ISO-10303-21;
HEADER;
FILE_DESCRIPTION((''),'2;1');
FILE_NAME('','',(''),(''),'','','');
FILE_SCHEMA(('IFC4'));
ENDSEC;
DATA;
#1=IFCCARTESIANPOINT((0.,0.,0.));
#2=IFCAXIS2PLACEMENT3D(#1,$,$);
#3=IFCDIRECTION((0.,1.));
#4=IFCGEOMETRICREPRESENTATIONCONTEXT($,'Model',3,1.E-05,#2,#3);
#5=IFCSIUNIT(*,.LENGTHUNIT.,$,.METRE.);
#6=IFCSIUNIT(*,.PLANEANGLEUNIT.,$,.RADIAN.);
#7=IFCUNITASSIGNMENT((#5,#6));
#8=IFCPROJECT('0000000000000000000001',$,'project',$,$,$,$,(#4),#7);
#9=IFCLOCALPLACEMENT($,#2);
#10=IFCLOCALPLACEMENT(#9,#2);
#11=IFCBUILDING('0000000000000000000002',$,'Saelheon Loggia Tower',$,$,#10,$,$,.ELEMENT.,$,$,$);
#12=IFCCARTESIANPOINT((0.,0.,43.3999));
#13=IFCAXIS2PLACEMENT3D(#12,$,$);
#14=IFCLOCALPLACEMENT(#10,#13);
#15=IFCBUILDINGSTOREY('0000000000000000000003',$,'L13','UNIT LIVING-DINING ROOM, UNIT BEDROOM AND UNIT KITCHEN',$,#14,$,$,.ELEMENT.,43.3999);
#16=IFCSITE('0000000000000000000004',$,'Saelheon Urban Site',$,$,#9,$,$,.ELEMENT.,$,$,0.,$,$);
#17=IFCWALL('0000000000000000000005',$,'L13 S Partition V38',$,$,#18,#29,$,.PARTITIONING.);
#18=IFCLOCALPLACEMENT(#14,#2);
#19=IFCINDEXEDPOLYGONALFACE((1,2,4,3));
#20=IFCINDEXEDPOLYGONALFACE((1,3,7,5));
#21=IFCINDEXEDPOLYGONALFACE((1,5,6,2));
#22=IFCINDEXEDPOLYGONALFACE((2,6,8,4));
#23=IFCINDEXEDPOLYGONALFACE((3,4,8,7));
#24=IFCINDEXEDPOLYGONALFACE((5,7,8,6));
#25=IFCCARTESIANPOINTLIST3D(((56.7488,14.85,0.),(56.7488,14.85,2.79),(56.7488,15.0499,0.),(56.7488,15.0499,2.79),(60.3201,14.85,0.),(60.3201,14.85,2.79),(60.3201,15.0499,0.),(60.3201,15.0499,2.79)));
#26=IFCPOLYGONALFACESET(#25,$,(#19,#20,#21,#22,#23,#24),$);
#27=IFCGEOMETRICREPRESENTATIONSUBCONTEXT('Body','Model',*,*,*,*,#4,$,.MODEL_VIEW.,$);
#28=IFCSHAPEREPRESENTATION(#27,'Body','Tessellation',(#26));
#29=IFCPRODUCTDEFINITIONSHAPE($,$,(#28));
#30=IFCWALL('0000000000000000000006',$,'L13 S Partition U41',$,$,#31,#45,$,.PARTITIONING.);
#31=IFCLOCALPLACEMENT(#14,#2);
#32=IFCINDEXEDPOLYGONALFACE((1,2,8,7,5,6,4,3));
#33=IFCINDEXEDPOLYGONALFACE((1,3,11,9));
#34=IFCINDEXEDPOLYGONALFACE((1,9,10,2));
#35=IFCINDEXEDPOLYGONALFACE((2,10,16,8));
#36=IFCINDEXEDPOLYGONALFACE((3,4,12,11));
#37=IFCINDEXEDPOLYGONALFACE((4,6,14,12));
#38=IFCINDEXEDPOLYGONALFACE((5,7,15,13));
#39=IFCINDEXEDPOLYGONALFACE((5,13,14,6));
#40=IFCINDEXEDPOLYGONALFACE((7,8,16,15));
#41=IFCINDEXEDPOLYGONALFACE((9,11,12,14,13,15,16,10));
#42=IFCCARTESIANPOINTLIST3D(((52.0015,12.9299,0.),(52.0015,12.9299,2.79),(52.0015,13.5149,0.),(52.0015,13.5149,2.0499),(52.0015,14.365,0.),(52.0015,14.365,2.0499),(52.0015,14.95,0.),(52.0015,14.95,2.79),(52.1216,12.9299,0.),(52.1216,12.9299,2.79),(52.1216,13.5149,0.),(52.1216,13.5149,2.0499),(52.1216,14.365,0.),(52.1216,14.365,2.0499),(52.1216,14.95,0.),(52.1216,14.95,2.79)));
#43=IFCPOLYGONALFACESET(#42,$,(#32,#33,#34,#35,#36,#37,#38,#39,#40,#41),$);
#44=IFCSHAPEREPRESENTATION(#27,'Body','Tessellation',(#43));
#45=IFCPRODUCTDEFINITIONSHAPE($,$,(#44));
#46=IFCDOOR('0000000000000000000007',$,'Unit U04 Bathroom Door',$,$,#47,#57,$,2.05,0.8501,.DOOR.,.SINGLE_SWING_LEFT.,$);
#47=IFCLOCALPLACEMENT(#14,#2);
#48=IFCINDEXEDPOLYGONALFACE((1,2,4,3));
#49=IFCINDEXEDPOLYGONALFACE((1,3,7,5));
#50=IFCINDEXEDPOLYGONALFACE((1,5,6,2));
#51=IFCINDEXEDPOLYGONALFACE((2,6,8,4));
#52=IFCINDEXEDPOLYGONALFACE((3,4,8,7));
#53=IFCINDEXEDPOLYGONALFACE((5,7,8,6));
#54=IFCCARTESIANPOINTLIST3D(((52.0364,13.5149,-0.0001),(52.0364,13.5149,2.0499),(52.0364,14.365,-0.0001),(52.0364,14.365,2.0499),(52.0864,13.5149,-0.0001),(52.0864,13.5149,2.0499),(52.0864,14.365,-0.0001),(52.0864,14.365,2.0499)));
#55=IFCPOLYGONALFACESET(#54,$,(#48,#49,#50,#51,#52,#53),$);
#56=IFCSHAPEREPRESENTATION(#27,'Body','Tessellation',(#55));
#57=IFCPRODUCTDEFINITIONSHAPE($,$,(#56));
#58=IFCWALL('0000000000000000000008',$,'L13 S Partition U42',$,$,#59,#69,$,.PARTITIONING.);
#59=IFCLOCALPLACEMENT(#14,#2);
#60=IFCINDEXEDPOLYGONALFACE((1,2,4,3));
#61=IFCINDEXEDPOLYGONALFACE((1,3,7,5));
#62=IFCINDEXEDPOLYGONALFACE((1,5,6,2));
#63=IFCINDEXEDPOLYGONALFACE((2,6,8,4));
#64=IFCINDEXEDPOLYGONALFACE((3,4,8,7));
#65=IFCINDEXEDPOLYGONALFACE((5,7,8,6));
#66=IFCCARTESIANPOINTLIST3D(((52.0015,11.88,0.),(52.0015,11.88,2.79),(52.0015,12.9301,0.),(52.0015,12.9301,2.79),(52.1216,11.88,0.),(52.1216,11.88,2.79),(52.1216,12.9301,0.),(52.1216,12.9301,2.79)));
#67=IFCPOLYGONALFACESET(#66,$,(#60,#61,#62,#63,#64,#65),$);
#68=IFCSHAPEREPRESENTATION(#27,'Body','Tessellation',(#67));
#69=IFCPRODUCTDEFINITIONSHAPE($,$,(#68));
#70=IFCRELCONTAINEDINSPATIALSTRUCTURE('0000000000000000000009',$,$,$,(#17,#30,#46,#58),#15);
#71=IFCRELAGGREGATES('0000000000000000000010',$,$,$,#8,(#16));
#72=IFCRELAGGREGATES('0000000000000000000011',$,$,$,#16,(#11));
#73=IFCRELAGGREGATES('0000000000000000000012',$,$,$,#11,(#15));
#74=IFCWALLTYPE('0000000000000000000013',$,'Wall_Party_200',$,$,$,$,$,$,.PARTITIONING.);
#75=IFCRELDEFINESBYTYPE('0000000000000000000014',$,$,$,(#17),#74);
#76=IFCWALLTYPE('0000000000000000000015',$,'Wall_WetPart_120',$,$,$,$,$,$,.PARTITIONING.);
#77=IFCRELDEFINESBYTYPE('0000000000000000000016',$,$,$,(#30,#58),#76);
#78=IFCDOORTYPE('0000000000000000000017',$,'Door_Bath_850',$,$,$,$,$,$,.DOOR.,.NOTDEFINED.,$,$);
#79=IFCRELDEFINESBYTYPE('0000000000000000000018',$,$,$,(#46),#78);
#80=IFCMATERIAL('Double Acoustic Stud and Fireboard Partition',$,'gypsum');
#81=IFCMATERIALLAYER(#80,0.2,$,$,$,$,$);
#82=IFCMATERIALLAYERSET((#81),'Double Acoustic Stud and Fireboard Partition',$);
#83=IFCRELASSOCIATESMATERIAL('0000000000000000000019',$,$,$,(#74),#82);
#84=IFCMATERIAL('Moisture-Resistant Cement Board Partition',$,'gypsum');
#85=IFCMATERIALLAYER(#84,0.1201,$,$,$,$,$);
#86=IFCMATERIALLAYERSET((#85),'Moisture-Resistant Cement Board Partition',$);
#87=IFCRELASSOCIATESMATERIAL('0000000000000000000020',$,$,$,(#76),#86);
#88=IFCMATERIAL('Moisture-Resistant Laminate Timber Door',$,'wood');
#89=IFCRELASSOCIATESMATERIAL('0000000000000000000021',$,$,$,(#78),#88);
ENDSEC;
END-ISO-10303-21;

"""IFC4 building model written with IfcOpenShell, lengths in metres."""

from ifc_helpers import new_model, si_unit, direction, frame, frame_2d, origin, place, context, subcontext, project, spatial, rectangle, extrude, source, transform, mapped, material, layer, layer_set, type_object, element, fill, save


model = new_model("IFC4")

# Units and contexts
model_context = context("Model", 3, precision=1e-05, world=origin(), true_north=direction((0.0, 1.0)))
body_context = subcontext(model_context, "Body", "Model", "MODEL_VIEW")
ifc_project = project(units=[si_unit("LENGTHUNIT", "METRE"), si_unit("PLANEANGLEUNIT", "RADIAN")], contexts=[model_context])

# Site, building, storey
site_placement = place(None, origin())
site = spatial("IfcSite", under=ifc_project, at=site_placement, Name="Saelheon Urban Site", CompositionType="ELEMENT", RefElevation=0.0)
building_placement = place(site_placement, origin())
building = spatial("IfcBuilding", under=site, at=building_placement, Name="Saelheon Loggia Tower", CompositionType="ELEMENT")
storey_placement = place(building_placement, frame((0.0, 0.0, 43.3999)))
storey = spatial("IfcBuildingStorey", under=building, at=storey_placement, Name="L13", Description="UNIT LIVING-DINING ROOM, UNIT BEDROOM AND UNIT KITCHEN", CompositionType="ELEMENT", Elevation=43.3999)

# Shared definitions
ifc_material_1 = material(Name="Double Acoustic Stud and Fireboard Partition", Category="gypsum")
ifc_layer_1 = layer(ifc_material_1, 0.2)
ifc_layer_set_1 = layer_set([ifc_layer_1], Name="Double Acoustic Stud and Fireboard Partition")
wall_type_1 = type_object("IfcWallType", Name="Wall_Party_200", PredefinedType="PARTITIONING", material=ifc_layer_set_1)

# Wall
wall_1_placement = place(storey_placement, frame((56.7488, 14.95, 0.0), z_axis=(0.0, 0.0, 1.0), x_axis=(1.0, 0.0, 0.0)))
element("IfcWall", 1, at=wall_1_placement, inside=storey, type_object=wall_type_1, Name="L13 S Partition V38", PredefinedType="PARTITIONING", context=body_context, shape_type="SweptSolid", body=[
    extrude(rectangle(XDim=3.5713, YDim=0.2, at=frame_2d((1.7856, 0.0))), origin(), (0.0, 0.0, 1.0), 2.79),
])

# Wall, opening, door
ifc_material_2 = material(Name="Moisture-Resistant Cement Board Partition", Category="gypsum")
ifc_layer_2 = layer(ifc_material_2, 0.1201)
ifc_layer_set_2 = layer_set([ifc_layer_2], Name="Moisture-Resistant Cement Board Partition")
wall_type_2 = type_object("IfcWallType", Name="Wall_WetPart_120", PredefinedType="PARTITIONING", material=ifc_layer_set_2)
wall_2_placement = place(storey_placement, frame((52.0615, 14.95, 0.0), z_axis=(0.0, 0.0, 1.0), x_axis=(0.0, -1.0, 0.0)))
wall_2 = element("IfcWall", 2, at=wall_2_placement, inside=storey, type_object=wall_type_2, Name="L13 S Partition U41", PredefinedType="PARTITIONING", context=body_context, shape_type="SweptSolid", body=[
    extrude(rectangle(XDim=2.02, YDim=0.1201, at=frame_2d((1.01, 0.0))), origin(), (0.0, 0.0, 1.0), 2.79),
])
opening_1_placement = place(wall_2_placement, frame((0.585, 0.0, 0.0)))
opening_1 = element("IfcOpeningElement", 3, at=opening_1_placement, cuts=wall_2, PredefinedType="OPENING", context=body_context, shape_type="SweptSolid", body=[
    extrude(rectangle(XDim=0.8501, YDim=2.05, at=frame_2d((0.425, 1.0249))), frame((0.0, 0.072, 0.0), z_axis=(0.0, -1.0, 0.0), x_axis=(1.0, 0.0, 0.0)), (0.0, 0.0, 1.0), 0.144),
])
ifc_material_3 = material(Name="Moisture-Resistant Laminate Timber Door", Category="wood")
door_type_1 = type_object("IfcDoorType", Name="Door_Bath_850", OperationType="NOTDEFINED", PredefinedType="DOOR", material=ifc_material_3)
shared_shape_1 = source(origin(), body_context, "Body", "SweptSolid", [
    extrude(rectangle(XDim=0.8501, YDim=2.05, at=frame_2d((0.425, 1.0249))), frame((0.0, 0.0249, 0.0), z_axis=(0.0, -1.0, 0.0), x_axis=(1.0, 0.0, 0.0)), (0.0, 0.0, 1.0), 0.05),
])
door_1_placement = place(opening_1_placement, origin())
door_1 = element("IfcDoor", 4, at=door_1_placement, inside=storey, type_object=door_type_1, Name="Unit U04 Bathroom Door", OperationType="SINGLE_SWING_LEFT", OverallHeight=2.05, OverallWidth=0.8501, PredefinedType="DOOR", context=body_context, shape_type="MappedRepresentation", body=[
    mapped(shared_shape_1, transform((0.0, 0.0, 0.0), scale=1.0)),
])
fill(opening_1, door_1)

# Wall
wall_3_placement = place(storey_placement, frame((52.0615, 12.9299, 0.0), z_axis=(0.0, 0.0, 1.0), x_axis=(0.0, -1.0, 0.0)))
element("IfcWall", 5, at=wall_3_placement, inside=storey, type_object=wall_type_2, Name="L13 S Partition U42", PredefinedType="PARTITIONING", context=body_context, shape_type="SweptSolid", body=[
    extrude(rectangle(XDim=1.05, YDim=0.1201, at=frame_2d((0.5249, 0.0))), origin(), (0.0, 0.0, 1.0), 2.79),
])

save(model, "model.ifc")
